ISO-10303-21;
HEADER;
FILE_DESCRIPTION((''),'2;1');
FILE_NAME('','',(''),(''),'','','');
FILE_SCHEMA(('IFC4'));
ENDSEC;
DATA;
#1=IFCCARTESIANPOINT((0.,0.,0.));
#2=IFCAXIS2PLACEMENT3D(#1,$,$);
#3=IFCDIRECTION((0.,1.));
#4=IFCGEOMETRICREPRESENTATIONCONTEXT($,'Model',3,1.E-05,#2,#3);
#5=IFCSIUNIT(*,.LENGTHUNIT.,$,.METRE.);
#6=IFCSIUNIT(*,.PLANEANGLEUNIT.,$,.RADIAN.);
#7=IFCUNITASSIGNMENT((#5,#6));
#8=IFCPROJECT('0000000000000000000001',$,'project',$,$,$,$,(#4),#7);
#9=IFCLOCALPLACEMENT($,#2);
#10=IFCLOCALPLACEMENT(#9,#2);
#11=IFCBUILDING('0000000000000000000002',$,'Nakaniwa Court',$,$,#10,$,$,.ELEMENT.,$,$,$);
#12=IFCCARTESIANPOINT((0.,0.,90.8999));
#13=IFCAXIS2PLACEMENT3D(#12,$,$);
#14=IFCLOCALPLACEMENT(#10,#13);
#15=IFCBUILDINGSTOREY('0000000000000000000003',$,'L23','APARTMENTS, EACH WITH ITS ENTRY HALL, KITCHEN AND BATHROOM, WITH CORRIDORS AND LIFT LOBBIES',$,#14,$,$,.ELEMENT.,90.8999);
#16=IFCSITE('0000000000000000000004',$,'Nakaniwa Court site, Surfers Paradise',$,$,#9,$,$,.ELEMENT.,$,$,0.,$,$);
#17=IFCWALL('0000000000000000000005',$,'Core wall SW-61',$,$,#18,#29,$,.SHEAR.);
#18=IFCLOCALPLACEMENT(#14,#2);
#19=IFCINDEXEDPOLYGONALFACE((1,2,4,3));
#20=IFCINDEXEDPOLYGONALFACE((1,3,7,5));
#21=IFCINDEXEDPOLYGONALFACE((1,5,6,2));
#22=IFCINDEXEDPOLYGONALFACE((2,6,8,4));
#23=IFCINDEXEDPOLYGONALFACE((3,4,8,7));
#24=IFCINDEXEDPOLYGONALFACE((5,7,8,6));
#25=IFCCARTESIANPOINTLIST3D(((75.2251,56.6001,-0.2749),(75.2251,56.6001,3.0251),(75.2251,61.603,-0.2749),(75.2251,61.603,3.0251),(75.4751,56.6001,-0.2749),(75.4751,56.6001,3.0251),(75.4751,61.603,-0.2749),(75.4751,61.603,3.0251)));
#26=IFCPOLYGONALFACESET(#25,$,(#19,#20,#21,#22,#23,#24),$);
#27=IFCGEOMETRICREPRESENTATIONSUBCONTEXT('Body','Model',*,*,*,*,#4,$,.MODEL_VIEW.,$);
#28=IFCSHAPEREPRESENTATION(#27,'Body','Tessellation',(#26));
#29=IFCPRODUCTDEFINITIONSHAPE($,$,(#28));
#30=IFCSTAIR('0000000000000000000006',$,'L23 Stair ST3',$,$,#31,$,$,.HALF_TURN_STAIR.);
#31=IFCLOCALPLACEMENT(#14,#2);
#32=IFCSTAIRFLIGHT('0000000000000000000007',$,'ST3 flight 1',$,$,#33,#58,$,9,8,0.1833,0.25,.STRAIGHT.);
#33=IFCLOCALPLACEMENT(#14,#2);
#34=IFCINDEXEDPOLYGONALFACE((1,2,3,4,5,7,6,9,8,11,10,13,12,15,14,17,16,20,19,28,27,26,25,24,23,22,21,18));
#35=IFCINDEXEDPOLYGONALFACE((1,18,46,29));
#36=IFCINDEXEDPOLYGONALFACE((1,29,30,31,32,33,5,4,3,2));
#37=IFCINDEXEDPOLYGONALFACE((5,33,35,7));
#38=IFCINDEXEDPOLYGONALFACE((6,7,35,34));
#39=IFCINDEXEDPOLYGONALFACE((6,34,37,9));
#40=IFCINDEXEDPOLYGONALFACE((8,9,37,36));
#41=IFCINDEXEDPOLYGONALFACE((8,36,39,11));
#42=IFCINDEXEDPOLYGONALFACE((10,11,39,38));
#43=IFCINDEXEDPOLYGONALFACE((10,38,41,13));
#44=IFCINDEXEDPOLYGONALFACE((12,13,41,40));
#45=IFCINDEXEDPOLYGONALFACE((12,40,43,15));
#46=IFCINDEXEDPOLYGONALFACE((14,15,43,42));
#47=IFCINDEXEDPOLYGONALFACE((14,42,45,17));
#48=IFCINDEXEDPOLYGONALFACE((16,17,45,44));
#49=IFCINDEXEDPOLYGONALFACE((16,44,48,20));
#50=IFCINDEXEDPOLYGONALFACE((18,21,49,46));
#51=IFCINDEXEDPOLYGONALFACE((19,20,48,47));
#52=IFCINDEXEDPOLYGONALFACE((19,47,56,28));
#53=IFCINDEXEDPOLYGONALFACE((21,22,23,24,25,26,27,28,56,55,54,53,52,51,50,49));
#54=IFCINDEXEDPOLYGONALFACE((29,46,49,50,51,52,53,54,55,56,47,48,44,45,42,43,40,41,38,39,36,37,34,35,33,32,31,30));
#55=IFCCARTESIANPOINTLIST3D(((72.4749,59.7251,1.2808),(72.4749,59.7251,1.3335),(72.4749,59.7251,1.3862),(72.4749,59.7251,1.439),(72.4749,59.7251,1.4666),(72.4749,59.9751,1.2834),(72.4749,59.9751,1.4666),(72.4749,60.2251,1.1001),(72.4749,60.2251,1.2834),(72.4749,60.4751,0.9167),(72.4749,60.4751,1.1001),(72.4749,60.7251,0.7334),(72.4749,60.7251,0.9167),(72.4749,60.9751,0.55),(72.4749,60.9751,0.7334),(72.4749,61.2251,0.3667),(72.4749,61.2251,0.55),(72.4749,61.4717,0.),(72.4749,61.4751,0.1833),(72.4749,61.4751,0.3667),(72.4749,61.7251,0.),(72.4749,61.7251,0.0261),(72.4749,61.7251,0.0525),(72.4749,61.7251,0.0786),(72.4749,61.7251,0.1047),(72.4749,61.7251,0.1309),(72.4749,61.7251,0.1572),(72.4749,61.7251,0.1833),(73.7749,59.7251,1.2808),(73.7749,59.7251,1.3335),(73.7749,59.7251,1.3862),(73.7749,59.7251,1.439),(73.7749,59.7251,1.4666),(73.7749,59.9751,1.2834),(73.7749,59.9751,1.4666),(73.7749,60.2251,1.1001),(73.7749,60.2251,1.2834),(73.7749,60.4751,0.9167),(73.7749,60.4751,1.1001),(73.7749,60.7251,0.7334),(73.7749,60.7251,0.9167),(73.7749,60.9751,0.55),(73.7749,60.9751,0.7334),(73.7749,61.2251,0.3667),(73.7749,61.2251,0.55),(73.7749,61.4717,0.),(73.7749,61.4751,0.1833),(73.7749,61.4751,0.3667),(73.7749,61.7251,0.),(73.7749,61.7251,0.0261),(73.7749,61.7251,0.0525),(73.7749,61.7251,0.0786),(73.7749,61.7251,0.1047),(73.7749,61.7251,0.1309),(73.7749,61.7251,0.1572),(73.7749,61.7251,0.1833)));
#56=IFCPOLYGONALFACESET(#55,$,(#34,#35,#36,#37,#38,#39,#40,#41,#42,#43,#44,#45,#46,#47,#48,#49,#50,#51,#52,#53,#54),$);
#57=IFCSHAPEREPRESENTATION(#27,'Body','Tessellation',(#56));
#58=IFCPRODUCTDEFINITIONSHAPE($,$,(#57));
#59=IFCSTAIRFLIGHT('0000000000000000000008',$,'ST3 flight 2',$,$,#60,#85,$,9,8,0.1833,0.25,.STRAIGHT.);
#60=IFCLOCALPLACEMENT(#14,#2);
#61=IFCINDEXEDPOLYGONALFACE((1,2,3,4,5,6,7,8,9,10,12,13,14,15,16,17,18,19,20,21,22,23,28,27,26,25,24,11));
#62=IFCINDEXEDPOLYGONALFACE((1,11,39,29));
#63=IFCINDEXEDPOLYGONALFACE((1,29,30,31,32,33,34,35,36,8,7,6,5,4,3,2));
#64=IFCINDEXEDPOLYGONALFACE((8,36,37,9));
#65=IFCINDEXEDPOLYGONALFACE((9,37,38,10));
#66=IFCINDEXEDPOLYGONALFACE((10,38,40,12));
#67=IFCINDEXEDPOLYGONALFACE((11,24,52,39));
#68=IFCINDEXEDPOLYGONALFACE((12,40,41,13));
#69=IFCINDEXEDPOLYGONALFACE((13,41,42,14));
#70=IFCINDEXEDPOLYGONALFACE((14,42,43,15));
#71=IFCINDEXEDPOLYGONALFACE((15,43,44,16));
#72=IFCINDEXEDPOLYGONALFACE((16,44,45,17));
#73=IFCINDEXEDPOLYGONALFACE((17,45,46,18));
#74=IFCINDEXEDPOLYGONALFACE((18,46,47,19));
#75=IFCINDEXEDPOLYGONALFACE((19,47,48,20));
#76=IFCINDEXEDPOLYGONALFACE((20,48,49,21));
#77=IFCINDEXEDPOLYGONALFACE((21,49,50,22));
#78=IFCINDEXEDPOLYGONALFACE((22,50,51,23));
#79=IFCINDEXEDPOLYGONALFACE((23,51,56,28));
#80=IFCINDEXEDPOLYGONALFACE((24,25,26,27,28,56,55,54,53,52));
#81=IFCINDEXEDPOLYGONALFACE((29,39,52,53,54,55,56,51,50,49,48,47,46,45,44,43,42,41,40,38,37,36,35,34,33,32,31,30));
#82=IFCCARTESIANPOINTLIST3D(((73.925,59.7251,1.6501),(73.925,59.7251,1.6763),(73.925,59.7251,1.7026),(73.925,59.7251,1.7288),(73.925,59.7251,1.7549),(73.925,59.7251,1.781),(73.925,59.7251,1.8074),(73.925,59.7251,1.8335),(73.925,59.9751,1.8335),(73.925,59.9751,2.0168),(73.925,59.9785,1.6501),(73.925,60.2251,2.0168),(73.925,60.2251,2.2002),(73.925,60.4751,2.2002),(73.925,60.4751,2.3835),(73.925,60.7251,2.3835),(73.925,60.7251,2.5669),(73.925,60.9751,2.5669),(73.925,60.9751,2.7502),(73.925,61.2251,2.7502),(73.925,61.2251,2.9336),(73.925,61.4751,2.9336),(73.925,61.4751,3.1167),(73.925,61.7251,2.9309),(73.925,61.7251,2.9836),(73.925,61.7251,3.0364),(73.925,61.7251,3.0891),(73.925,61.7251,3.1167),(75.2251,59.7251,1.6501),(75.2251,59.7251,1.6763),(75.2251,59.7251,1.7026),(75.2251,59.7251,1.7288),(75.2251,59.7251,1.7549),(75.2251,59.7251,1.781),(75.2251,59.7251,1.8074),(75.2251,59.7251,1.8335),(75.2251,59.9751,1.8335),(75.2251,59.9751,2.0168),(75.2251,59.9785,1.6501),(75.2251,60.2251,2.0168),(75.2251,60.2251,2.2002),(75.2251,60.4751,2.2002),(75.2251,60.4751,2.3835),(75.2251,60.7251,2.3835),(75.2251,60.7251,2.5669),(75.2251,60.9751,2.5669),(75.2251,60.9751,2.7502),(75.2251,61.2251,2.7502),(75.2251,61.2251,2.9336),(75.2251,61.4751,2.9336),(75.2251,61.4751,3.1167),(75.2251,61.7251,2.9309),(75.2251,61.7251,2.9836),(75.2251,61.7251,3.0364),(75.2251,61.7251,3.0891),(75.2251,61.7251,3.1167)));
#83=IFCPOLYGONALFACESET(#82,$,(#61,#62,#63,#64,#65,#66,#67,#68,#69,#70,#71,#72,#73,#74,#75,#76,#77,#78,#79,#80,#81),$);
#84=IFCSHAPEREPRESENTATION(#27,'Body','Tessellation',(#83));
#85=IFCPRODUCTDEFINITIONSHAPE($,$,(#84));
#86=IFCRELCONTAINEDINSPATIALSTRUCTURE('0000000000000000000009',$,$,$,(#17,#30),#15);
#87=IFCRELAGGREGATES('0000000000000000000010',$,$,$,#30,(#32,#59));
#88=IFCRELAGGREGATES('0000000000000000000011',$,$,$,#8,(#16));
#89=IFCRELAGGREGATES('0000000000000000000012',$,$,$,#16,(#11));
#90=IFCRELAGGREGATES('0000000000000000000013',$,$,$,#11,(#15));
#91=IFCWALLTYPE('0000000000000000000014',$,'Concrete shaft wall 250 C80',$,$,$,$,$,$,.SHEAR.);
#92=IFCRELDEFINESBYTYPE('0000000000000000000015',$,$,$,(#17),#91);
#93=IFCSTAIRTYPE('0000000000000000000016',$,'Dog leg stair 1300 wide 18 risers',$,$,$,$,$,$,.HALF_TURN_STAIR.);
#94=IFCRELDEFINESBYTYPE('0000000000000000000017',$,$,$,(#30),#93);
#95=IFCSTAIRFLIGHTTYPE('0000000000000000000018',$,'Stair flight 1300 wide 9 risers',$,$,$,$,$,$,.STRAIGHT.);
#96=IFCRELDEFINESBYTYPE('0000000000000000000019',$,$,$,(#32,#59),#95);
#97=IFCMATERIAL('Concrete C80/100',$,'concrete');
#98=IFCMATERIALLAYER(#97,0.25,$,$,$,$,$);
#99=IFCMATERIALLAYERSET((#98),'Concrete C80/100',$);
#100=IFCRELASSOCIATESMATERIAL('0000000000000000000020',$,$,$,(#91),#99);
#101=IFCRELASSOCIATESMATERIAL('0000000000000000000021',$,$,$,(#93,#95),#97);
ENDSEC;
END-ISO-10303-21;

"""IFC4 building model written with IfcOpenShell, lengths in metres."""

from ifc_helpers import new_model, si_unit, direction, frame, frame_2d, origin, place, context, subcontext, project, spatial, polyline, rectangle, outline, extrude, material, layer, layer_set, type_object, element, aggregate, save


model = new_model("IFC4")

# Units and contexts
model_context = context("Model", 3, precision=1e-05, world=origin(), true_north=direction((0.0, 1.0)))
body_context = subcontext(model_context, "Body", "Model", "MODEL_VIEW")
ifc_project = project(units=[si_unit("LENGTHUNIT", "METRE"), si_unit("PLANEANGLEUNIT", "RADIAN")], contexts=[model_context])

# Site, building, storey
site_placement = place(None, origin())
site = spatial("IfcSite", under=ifc_project, at=site_placement, Name="Nakaniwa Court site, Surfers Paradise", CompositionType="ELEMENT", RefElevation=0.0)
building_placement = place(site_placement, origin())
building = spatial("IfcBuilding", under=site, at=building_placement, Name="Nakaniwa Court", CompositionType="ELEMENT")
storey_placement = place(building_placement, frame((0.0, 0.0, 90.8999)))
storey = spatial("IfcBuildingStorey", under=building, at=storey_placement, Name="L23", Description="APARTMENTS, EACH WITH ITS ENTRY HALL, KITCHEN AND BATHROOM, WITH CORRIDORS AND LIFT LOBBIES", CompositionType="ELEMENT", Elevation=90.8999)

# Shared definitions
ifc_material_1 = material(Name="Concrete C80/100", Category="concrete")

# Wall
ifc_layer_1 = layer(ifc_material_1, 0.25)
ifc_layer_set_1 = layer_set([ifc_layer_1], Name="Concrete C80/100")
wall_type_1 = type_object("IfcWallType", Name="Concrete shaft wall 250 C80", PredefinedType="SHEAR", material=ifc_layer_set_1)
wall_1_placement = place(storey_placement, frame((75.3501, 56.6001, -0.2749), z_axis=(0.0, 0.0, 1.0), x_axis=(0.0, 1.0, 0.0)))
element("IfcWall", 1, at=wall_1_placement, inside=storey, type_object=wall_type_1, Name="Core wall SW-61", PredefinedType="SHEAR", context=body_context, shape_type="SweptSolid", body=[
    extrude(rectangle(XDim=5.0029, YDim=0.25, at=frame_2d((2.5015, 0.0))), origin(), (0.0, 0.0, 1.0), 3.3),
])

# Stair, stair flights
stair_type = type_object("IfcStairType", Name="Dog leg stair 1300 wide 18 risers", PredefinedType="HALF_TURN_STAIR", material=ifc_material_1)
stair_placement = place(storey_placement, origin())
stair = element("IfcStair", 2, at=stair_placement, inside=storey, type_object=stair_type, Name="L23 Stair ST3", PredefinedType="HALF_TURN_STAIR")
stair_flight_type = type_object("IfcStairFlightType", Name="Stair flight 1300 wide 9 risers", PredefinedType="STRAIGHT", material=ifc_material_1)
stair_flight_1_placement = place(storey_placement, frame((73.125, 61.7251, 0.0), z_axis=(0.0, 0.0, 1.0), x_axis=(0.0, -1.0, 0.0)))
stair_flight_1 = element("IfcStairFlight", 3, at=stair_flight_1_placement, type_object=stair_flight_type, Name="ST3 flight 1", NumberOfRisers=9, NumberOfTreads=8, PredefinedType="STRAIGHT", RiserHeight=0.1833, TreadLength=0.25, context=body_context, shape_type="SweptSolid", body=[
    extrude(outline(polyline([(0.0, 0.0), (0.0, 0.0261), (0.0, 0.0525), (0.0, 0.0786), (0.0, 0.1047), (0.0, 0.1309), (0.0, 0.1572), (0.0, 0.1833), (0.25, 0.1833), (0.25, 0.3667), (0.5, 0.3667), (0.5, 0.55), (0.75, 0.55), (0.75, 0.7334), (1.0, 0.7334), (1.0, 0.9167), (1.25, 0.9167), (1.25, 1.1001), (1.5, 1.1001), (1.5, 1.2834), (1.75, 1.2834), (1.75, 1.4666), (2.0, 1.4666), (2.0, 1.6499), (2.0, 1.5972), (2.0, 1.5444), (2.0, 1.4917), (2.0, 1.439), (2.0, 1.3862), (2.0, 1.3335), (2.0, 1.2808), (0.2534, 0.0), (0.0, 0.0)])), frame((0.0, 0.6499, 0.0), z_axis=(0.0, -1.0, 0.0), x_axis=(1.0, 0.0, 0.0)), (0.0, 0.0, 1.0), 1.3),
])
stair_flight_2_placement = place(storey_placement, frame((74.575, 59.7251, 1.6501), z_axis=(0.0, 0.0, 1.0), x_axis=(0.0, 1.0, 0.0)))
stair_flight_2 = element("IfcStairFlight", 4, at=stair_flight_2_placement, type_object=stair_flight_type, Name="ST3 flight 2", NumberOfRisers=9, NumberOfTreads=8, PredefinedType="STRAIGHT", RiserHeight=0.1833, TreadLength=0.25, context=body_context, shape_type="SweptSolid", body=[
    extrude(outline(polyline([(0.0, 0.0), (0.0, 0.0261), (0.0, 0.0525), (0.0, 0.0786), (0.0, 0.1047), (0.0, 0.1309), (0.0, 0.1572), (0.0, 0.1833), (0.25, 0.1833), (0.25, 0.3667), (0.5, 0.3667), (0.5, 0.55), (0.75, 0.55), (0.75, 0.7334), (1.0, 0.7334), (1.0, 0.9167), (1.25, 0.9167), (1.25, 1.1001), (1.5, 1.1001), (1.5, 1.2834), (1.75, 1.2834), (1.75, 1.4666), (2.0, 1.4666), (2.0, 1.6499), (2.0, 1.5972), (2.0, 1.5444), (2.0, 1.4917), (2.0, 1.439), (2.0, 1.3862), (2.0, 1.3335), (2.0, 1.2808), (0.2534, 0.0), (0.0, 0.0)])), frame((0.0, 0.6499, 0.0), z_axis=(0.0, -1.0, 0.0), x_axis=(1.0, 0.0, 0.0)), (0.0, 0.0, 1.0), 1.3),
])
aggregate(stair, [stair_flight_1, stair_flight_2])

save(model, "model.ifc")
